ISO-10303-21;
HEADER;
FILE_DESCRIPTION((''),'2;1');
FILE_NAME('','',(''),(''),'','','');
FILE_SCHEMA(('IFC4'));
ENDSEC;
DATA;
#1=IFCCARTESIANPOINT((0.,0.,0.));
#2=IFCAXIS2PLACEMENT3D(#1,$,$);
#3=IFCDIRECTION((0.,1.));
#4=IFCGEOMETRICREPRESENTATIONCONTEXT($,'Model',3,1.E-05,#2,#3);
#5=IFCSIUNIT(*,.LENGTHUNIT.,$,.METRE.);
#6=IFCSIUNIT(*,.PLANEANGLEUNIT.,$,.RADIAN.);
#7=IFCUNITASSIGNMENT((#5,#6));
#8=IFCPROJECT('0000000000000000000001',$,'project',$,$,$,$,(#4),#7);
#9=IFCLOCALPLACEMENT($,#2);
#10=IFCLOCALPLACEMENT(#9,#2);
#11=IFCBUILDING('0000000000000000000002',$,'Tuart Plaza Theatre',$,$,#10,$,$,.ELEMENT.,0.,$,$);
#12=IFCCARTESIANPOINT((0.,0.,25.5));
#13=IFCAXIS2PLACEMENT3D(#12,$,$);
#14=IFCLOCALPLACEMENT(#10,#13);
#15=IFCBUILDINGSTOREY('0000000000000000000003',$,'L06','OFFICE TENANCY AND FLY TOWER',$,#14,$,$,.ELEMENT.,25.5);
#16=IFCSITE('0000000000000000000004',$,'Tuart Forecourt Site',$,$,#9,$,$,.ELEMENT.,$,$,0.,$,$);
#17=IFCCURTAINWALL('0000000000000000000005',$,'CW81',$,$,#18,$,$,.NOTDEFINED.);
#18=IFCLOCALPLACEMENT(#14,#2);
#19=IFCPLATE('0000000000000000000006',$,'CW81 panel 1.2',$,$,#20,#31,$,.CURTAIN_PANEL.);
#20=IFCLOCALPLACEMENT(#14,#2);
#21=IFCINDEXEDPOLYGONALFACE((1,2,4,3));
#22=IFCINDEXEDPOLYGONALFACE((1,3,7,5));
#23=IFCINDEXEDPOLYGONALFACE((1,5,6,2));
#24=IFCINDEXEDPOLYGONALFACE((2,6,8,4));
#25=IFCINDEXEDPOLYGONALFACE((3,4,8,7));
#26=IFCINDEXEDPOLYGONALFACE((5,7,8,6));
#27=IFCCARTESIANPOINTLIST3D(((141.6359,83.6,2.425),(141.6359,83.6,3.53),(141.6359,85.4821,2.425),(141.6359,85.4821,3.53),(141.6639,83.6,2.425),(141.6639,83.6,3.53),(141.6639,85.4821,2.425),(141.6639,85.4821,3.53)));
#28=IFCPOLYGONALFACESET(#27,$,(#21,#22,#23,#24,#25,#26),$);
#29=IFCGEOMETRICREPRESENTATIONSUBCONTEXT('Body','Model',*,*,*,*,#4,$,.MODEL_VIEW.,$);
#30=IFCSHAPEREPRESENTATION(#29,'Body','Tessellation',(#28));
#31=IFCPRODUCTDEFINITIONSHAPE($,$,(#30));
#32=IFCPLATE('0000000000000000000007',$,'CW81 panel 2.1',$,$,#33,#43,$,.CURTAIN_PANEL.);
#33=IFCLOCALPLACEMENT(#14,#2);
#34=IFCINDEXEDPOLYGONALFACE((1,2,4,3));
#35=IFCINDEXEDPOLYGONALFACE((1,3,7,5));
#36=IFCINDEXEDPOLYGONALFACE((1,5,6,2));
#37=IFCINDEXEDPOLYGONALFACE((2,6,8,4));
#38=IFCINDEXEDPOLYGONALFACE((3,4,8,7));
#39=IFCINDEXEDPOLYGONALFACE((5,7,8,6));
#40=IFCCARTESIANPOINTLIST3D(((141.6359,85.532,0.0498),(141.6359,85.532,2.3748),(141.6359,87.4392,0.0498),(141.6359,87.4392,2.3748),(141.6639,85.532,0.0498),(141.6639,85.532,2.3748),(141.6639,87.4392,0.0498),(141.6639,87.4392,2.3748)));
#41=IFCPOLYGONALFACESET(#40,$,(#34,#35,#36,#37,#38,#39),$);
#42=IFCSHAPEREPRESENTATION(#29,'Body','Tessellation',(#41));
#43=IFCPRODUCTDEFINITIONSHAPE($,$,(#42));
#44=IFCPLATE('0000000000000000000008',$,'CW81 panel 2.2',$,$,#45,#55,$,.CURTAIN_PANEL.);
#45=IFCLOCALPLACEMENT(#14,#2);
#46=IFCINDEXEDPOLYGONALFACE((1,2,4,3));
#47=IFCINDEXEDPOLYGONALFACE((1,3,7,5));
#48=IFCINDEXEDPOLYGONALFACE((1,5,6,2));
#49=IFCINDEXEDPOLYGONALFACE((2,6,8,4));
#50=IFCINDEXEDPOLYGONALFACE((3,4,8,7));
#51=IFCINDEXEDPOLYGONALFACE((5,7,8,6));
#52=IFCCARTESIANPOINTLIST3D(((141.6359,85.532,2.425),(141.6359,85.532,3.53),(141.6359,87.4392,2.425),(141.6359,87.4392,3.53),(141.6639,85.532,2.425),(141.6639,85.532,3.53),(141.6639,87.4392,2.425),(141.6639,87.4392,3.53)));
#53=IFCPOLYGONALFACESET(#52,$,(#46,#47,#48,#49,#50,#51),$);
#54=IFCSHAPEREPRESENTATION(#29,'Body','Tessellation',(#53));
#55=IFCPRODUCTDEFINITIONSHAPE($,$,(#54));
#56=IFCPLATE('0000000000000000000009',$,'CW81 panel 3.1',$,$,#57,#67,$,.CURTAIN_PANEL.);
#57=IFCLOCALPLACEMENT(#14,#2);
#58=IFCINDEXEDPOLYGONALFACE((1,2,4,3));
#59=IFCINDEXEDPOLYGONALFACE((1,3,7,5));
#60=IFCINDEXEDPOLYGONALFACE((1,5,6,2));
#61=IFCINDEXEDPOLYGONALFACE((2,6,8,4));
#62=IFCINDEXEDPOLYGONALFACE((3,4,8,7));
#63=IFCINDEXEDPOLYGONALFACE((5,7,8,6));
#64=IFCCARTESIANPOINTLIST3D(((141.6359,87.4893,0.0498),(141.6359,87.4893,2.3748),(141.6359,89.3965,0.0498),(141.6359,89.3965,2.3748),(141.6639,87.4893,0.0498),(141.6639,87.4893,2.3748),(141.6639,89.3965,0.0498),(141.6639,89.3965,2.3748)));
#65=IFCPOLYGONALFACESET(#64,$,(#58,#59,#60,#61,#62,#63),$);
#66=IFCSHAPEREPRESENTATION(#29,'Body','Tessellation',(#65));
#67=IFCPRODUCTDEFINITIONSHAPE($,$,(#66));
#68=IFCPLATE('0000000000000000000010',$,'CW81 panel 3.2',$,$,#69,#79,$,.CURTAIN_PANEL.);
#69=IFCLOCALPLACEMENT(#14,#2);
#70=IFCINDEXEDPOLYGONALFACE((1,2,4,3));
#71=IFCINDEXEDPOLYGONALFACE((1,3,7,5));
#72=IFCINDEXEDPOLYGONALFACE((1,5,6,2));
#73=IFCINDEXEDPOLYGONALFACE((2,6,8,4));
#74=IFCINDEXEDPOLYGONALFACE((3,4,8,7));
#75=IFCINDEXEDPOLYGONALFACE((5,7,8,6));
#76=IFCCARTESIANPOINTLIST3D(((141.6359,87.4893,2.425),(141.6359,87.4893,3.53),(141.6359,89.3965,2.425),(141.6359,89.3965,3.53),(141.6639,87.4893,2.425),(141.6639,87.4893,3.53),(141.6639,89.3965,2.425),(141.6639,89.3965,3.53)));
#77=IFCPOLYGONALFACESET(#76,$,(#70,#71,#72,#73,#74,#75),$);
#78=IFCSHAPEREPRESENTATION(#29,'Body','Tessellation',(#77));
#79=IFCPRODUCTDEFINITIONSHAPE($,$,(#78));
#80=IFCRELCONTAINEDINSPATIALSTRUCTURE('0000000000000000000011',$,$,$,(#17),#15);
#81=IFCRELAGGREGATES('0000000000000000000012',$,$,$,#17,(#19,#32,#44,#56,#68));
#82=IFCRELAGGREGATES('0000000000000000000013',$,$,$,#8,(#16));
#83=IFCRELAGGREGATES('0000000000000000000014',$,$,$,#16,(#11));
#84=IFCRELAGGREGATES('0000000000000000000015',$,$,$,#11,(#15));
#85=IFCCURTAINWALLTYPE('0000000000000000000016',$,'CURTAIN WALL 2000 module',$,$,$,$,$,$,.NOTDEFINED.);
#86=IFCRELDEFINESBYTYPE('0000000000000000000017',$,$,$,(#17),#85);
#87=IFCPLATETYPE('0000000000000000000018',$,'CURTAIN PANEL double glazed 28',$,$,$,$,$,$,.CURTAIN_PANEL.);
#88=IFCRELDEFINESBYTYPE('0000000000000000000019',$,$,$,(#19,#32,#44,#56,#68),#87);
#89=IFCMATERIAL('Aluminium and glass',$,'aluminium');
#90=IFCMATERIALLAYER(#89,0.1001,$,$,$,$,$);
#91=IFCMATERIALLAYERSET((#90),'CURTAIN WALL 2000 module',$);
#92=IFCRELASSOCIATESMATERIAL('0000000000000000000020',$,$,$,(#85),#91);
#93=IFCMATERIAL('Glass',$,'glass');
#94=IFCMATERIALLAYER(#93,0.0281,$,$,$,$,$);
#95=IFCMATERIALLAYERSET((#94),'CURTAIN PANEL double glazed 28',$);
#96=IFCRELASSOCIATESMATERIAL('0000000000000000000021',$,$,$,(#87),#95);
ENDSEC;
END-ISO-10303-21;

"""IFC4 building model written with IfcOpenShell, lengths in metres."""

from ifc_helpers import new_model, si_unit, direction, frame, origin, origin_2d, place, context, subcontext, project, spatial, rectangle, extrude, material, layer, layer_set, type_object, element, aggregate, save


model = new_model("IFC4")

# Units and contexts
model_context = context("Model", 3, precision=1e-05, world=origin(), true_north=direction((0.0, 1.0)))
body_context = subcontext(model_context, "Body", "Model", "MODEL_VIEW")
ifc_project = project(units=[si_unit("LENGTHUNIT", "METRE"), si_unit("PLANEANGLEUNIT", "RADIAN")], contexts=[model_context])

# Site, building, storey
site_placement = place(None, origin())
site = spatial("IfcSite", under=ifc_project, at=site_placement, Name="Tuart Forecourt Site", CompositionType="ELEMENT", RefElevation=0.0)
building_placement = place(site_placement, origin())
building = spatial("IfcBuilding", under=site, at=building_placement, Name="Tuart Plaza Theatre", CompositionType="ELEMENT", ElevationOfRefHeight=0.0)
storey_placement = place(building_placement, frame((0.0, 0.0, 25.5)))
storey = spatial("IfcBuildingStorey", under=building, at=storey_placement, Name="L06", Description="OFFICE TENANCY AND FLY TOWER", CompositionType="ELEMENT", Elevation=25.5)

# Shared definitions
ifc_material_1 = material(Name="Aluminium and glass", Category="aluminium")
ifc_layer_1 = layer(ifc_material_1, 0.1001)
ifc_layer_set_1 = layer_set([ifc_layer_1], Name="CURTAIN WALL 2000 module")
curtain_wall_type = type_object("IfcCurtainWallType", Name="CURTAIN WALL 2000 module", PredefinedType="NOTDEFINED", material=ifc_layer_set_1)

# Curtain wall
curtain_wall_1_placement = place(storey_placement, origin())
curtain_wall_1 = element("IfcCurtainWall", 1, at=curtain_wall_1_placement, inside=storey, type_object=curtain_wall_type, Name="CW81", PredefinedType="NOTDEFINED")

# Plates
ifc_material_2 = material(Name="Glass", Category="glass")
ifc_layer_2 = layer(ifc_material_2, 0.0281)
ifc_layer_set_2 = layer_set([ifc_layer_2], Name="CURTAIN PANEL double glazed 28")
plate_type = type_object("IfcPlateType", Name="CURTAIN PANEL double glazed 28", PredefinedType="CURTAIN_PANEL", material=ifc_layer_set_2)
plate_1_placement = place(storey_placement, frame((141.6499, 84.541, 2.425), z_axis=(0.0, 0.0, 1.0), x_axis=(0.0, 1.0, 0.0)))
plate_1 = element("IfcPlate", 2, at=plate_1_placement, type_object=plate_type, Name="CW81 panel 1.2", PredefinedType="CURTAIN_PANEL", context=body_context, shape_type="SweptSolid", body=[
    extrude(rectangle(XDim=1.8821, YDim=0.0281, at=origin_2d()), origin(), (0.0, 0.0, 1.0), 1.105),
])
plate_2_placement = place(storey_placement, frame((141.6499, 86.4856, 0.0498), z_axis=(0.0, 0.0, 1.0), x_axis=(0.0, 1.0, 0.0)))
plate_2 = element("IfcPlate", 3, at=plate_2_placement, type_object=plate_type, Name="CW81 panel 2.1", PredefinedType="CURTAIN_PANEL", context=body_context, shape_type="SweptSolid", body=[
    extrude(rectangle(XDim=1.9072, YDim=0.0281, at=origin_2d()), origin(), (0.0, 0.0, 1.0), 2.325),
])
plate_3_placement = place(storey_placement, frame((141.6499, 86.4856, 2.425), z_axis=(0.0, 0.0, 1.0), x_axis=(0.0, 1.0, 0.0)))
plate_3 = element("IfcPlate", 4, at=plate_3_placement, type_object=plate_type, Name="CW81 panel 2.2", PredefinedType="CURTAIN_PANEL", context=body_context, shape_type="SweptSolid", body=[
    extrude(rectangle(XDim=1.9072, YDim=0.0281, at=origin_2d()), origin(), (0.0, 0.0, 1.0), 1.105),
])
plate_4_placement = place(storey_placement, frame((141.6499, 88.4429, 0.0498), z_axis=(0.0, 0.0, 1.0), x_axis=(0.0, 1.0, 0.0)))
plate_4 = element("IfcPlate", 5, at=plate_4_placement, type_object=plate_type, Name="CW81 panel 3.1", PredefinedType="CURTAIN_PANEL", context=body_context, shape_type="SweptSolid", body=[
    extrude(rectangle(XDim=1.9072, YDim=0.0281, at=origin_2d()), origin(), (0.0, 0.0, 1.0), 2.325),
])
plate_5_placement = place(storey_placement, frame((141.6499, 88.4429, 2.425), z_axis=(0.0, 0.0, 1.0), x_axis=(0.0, 1.0, 0.0)))
plate_5 = element("IfcPlate", 6, at=plate_5_placement, type_object=plate_type, Name="CW81 panel 3.2", PredefinedType="CURTAIN_PANEL", context=body_context, shape_type="SweptSolid", body=[
    extrude(rectangle(XDim=1.9072, YDim=0.0281, at=origin_2d()), origin(), (0.0, 0.0, 1.0), 1.105),
])
aggregate(curtain_wall_1, [plate_1, plate_2, plate_3, plate_4, plate_5])

save(model, "model.ifc")
